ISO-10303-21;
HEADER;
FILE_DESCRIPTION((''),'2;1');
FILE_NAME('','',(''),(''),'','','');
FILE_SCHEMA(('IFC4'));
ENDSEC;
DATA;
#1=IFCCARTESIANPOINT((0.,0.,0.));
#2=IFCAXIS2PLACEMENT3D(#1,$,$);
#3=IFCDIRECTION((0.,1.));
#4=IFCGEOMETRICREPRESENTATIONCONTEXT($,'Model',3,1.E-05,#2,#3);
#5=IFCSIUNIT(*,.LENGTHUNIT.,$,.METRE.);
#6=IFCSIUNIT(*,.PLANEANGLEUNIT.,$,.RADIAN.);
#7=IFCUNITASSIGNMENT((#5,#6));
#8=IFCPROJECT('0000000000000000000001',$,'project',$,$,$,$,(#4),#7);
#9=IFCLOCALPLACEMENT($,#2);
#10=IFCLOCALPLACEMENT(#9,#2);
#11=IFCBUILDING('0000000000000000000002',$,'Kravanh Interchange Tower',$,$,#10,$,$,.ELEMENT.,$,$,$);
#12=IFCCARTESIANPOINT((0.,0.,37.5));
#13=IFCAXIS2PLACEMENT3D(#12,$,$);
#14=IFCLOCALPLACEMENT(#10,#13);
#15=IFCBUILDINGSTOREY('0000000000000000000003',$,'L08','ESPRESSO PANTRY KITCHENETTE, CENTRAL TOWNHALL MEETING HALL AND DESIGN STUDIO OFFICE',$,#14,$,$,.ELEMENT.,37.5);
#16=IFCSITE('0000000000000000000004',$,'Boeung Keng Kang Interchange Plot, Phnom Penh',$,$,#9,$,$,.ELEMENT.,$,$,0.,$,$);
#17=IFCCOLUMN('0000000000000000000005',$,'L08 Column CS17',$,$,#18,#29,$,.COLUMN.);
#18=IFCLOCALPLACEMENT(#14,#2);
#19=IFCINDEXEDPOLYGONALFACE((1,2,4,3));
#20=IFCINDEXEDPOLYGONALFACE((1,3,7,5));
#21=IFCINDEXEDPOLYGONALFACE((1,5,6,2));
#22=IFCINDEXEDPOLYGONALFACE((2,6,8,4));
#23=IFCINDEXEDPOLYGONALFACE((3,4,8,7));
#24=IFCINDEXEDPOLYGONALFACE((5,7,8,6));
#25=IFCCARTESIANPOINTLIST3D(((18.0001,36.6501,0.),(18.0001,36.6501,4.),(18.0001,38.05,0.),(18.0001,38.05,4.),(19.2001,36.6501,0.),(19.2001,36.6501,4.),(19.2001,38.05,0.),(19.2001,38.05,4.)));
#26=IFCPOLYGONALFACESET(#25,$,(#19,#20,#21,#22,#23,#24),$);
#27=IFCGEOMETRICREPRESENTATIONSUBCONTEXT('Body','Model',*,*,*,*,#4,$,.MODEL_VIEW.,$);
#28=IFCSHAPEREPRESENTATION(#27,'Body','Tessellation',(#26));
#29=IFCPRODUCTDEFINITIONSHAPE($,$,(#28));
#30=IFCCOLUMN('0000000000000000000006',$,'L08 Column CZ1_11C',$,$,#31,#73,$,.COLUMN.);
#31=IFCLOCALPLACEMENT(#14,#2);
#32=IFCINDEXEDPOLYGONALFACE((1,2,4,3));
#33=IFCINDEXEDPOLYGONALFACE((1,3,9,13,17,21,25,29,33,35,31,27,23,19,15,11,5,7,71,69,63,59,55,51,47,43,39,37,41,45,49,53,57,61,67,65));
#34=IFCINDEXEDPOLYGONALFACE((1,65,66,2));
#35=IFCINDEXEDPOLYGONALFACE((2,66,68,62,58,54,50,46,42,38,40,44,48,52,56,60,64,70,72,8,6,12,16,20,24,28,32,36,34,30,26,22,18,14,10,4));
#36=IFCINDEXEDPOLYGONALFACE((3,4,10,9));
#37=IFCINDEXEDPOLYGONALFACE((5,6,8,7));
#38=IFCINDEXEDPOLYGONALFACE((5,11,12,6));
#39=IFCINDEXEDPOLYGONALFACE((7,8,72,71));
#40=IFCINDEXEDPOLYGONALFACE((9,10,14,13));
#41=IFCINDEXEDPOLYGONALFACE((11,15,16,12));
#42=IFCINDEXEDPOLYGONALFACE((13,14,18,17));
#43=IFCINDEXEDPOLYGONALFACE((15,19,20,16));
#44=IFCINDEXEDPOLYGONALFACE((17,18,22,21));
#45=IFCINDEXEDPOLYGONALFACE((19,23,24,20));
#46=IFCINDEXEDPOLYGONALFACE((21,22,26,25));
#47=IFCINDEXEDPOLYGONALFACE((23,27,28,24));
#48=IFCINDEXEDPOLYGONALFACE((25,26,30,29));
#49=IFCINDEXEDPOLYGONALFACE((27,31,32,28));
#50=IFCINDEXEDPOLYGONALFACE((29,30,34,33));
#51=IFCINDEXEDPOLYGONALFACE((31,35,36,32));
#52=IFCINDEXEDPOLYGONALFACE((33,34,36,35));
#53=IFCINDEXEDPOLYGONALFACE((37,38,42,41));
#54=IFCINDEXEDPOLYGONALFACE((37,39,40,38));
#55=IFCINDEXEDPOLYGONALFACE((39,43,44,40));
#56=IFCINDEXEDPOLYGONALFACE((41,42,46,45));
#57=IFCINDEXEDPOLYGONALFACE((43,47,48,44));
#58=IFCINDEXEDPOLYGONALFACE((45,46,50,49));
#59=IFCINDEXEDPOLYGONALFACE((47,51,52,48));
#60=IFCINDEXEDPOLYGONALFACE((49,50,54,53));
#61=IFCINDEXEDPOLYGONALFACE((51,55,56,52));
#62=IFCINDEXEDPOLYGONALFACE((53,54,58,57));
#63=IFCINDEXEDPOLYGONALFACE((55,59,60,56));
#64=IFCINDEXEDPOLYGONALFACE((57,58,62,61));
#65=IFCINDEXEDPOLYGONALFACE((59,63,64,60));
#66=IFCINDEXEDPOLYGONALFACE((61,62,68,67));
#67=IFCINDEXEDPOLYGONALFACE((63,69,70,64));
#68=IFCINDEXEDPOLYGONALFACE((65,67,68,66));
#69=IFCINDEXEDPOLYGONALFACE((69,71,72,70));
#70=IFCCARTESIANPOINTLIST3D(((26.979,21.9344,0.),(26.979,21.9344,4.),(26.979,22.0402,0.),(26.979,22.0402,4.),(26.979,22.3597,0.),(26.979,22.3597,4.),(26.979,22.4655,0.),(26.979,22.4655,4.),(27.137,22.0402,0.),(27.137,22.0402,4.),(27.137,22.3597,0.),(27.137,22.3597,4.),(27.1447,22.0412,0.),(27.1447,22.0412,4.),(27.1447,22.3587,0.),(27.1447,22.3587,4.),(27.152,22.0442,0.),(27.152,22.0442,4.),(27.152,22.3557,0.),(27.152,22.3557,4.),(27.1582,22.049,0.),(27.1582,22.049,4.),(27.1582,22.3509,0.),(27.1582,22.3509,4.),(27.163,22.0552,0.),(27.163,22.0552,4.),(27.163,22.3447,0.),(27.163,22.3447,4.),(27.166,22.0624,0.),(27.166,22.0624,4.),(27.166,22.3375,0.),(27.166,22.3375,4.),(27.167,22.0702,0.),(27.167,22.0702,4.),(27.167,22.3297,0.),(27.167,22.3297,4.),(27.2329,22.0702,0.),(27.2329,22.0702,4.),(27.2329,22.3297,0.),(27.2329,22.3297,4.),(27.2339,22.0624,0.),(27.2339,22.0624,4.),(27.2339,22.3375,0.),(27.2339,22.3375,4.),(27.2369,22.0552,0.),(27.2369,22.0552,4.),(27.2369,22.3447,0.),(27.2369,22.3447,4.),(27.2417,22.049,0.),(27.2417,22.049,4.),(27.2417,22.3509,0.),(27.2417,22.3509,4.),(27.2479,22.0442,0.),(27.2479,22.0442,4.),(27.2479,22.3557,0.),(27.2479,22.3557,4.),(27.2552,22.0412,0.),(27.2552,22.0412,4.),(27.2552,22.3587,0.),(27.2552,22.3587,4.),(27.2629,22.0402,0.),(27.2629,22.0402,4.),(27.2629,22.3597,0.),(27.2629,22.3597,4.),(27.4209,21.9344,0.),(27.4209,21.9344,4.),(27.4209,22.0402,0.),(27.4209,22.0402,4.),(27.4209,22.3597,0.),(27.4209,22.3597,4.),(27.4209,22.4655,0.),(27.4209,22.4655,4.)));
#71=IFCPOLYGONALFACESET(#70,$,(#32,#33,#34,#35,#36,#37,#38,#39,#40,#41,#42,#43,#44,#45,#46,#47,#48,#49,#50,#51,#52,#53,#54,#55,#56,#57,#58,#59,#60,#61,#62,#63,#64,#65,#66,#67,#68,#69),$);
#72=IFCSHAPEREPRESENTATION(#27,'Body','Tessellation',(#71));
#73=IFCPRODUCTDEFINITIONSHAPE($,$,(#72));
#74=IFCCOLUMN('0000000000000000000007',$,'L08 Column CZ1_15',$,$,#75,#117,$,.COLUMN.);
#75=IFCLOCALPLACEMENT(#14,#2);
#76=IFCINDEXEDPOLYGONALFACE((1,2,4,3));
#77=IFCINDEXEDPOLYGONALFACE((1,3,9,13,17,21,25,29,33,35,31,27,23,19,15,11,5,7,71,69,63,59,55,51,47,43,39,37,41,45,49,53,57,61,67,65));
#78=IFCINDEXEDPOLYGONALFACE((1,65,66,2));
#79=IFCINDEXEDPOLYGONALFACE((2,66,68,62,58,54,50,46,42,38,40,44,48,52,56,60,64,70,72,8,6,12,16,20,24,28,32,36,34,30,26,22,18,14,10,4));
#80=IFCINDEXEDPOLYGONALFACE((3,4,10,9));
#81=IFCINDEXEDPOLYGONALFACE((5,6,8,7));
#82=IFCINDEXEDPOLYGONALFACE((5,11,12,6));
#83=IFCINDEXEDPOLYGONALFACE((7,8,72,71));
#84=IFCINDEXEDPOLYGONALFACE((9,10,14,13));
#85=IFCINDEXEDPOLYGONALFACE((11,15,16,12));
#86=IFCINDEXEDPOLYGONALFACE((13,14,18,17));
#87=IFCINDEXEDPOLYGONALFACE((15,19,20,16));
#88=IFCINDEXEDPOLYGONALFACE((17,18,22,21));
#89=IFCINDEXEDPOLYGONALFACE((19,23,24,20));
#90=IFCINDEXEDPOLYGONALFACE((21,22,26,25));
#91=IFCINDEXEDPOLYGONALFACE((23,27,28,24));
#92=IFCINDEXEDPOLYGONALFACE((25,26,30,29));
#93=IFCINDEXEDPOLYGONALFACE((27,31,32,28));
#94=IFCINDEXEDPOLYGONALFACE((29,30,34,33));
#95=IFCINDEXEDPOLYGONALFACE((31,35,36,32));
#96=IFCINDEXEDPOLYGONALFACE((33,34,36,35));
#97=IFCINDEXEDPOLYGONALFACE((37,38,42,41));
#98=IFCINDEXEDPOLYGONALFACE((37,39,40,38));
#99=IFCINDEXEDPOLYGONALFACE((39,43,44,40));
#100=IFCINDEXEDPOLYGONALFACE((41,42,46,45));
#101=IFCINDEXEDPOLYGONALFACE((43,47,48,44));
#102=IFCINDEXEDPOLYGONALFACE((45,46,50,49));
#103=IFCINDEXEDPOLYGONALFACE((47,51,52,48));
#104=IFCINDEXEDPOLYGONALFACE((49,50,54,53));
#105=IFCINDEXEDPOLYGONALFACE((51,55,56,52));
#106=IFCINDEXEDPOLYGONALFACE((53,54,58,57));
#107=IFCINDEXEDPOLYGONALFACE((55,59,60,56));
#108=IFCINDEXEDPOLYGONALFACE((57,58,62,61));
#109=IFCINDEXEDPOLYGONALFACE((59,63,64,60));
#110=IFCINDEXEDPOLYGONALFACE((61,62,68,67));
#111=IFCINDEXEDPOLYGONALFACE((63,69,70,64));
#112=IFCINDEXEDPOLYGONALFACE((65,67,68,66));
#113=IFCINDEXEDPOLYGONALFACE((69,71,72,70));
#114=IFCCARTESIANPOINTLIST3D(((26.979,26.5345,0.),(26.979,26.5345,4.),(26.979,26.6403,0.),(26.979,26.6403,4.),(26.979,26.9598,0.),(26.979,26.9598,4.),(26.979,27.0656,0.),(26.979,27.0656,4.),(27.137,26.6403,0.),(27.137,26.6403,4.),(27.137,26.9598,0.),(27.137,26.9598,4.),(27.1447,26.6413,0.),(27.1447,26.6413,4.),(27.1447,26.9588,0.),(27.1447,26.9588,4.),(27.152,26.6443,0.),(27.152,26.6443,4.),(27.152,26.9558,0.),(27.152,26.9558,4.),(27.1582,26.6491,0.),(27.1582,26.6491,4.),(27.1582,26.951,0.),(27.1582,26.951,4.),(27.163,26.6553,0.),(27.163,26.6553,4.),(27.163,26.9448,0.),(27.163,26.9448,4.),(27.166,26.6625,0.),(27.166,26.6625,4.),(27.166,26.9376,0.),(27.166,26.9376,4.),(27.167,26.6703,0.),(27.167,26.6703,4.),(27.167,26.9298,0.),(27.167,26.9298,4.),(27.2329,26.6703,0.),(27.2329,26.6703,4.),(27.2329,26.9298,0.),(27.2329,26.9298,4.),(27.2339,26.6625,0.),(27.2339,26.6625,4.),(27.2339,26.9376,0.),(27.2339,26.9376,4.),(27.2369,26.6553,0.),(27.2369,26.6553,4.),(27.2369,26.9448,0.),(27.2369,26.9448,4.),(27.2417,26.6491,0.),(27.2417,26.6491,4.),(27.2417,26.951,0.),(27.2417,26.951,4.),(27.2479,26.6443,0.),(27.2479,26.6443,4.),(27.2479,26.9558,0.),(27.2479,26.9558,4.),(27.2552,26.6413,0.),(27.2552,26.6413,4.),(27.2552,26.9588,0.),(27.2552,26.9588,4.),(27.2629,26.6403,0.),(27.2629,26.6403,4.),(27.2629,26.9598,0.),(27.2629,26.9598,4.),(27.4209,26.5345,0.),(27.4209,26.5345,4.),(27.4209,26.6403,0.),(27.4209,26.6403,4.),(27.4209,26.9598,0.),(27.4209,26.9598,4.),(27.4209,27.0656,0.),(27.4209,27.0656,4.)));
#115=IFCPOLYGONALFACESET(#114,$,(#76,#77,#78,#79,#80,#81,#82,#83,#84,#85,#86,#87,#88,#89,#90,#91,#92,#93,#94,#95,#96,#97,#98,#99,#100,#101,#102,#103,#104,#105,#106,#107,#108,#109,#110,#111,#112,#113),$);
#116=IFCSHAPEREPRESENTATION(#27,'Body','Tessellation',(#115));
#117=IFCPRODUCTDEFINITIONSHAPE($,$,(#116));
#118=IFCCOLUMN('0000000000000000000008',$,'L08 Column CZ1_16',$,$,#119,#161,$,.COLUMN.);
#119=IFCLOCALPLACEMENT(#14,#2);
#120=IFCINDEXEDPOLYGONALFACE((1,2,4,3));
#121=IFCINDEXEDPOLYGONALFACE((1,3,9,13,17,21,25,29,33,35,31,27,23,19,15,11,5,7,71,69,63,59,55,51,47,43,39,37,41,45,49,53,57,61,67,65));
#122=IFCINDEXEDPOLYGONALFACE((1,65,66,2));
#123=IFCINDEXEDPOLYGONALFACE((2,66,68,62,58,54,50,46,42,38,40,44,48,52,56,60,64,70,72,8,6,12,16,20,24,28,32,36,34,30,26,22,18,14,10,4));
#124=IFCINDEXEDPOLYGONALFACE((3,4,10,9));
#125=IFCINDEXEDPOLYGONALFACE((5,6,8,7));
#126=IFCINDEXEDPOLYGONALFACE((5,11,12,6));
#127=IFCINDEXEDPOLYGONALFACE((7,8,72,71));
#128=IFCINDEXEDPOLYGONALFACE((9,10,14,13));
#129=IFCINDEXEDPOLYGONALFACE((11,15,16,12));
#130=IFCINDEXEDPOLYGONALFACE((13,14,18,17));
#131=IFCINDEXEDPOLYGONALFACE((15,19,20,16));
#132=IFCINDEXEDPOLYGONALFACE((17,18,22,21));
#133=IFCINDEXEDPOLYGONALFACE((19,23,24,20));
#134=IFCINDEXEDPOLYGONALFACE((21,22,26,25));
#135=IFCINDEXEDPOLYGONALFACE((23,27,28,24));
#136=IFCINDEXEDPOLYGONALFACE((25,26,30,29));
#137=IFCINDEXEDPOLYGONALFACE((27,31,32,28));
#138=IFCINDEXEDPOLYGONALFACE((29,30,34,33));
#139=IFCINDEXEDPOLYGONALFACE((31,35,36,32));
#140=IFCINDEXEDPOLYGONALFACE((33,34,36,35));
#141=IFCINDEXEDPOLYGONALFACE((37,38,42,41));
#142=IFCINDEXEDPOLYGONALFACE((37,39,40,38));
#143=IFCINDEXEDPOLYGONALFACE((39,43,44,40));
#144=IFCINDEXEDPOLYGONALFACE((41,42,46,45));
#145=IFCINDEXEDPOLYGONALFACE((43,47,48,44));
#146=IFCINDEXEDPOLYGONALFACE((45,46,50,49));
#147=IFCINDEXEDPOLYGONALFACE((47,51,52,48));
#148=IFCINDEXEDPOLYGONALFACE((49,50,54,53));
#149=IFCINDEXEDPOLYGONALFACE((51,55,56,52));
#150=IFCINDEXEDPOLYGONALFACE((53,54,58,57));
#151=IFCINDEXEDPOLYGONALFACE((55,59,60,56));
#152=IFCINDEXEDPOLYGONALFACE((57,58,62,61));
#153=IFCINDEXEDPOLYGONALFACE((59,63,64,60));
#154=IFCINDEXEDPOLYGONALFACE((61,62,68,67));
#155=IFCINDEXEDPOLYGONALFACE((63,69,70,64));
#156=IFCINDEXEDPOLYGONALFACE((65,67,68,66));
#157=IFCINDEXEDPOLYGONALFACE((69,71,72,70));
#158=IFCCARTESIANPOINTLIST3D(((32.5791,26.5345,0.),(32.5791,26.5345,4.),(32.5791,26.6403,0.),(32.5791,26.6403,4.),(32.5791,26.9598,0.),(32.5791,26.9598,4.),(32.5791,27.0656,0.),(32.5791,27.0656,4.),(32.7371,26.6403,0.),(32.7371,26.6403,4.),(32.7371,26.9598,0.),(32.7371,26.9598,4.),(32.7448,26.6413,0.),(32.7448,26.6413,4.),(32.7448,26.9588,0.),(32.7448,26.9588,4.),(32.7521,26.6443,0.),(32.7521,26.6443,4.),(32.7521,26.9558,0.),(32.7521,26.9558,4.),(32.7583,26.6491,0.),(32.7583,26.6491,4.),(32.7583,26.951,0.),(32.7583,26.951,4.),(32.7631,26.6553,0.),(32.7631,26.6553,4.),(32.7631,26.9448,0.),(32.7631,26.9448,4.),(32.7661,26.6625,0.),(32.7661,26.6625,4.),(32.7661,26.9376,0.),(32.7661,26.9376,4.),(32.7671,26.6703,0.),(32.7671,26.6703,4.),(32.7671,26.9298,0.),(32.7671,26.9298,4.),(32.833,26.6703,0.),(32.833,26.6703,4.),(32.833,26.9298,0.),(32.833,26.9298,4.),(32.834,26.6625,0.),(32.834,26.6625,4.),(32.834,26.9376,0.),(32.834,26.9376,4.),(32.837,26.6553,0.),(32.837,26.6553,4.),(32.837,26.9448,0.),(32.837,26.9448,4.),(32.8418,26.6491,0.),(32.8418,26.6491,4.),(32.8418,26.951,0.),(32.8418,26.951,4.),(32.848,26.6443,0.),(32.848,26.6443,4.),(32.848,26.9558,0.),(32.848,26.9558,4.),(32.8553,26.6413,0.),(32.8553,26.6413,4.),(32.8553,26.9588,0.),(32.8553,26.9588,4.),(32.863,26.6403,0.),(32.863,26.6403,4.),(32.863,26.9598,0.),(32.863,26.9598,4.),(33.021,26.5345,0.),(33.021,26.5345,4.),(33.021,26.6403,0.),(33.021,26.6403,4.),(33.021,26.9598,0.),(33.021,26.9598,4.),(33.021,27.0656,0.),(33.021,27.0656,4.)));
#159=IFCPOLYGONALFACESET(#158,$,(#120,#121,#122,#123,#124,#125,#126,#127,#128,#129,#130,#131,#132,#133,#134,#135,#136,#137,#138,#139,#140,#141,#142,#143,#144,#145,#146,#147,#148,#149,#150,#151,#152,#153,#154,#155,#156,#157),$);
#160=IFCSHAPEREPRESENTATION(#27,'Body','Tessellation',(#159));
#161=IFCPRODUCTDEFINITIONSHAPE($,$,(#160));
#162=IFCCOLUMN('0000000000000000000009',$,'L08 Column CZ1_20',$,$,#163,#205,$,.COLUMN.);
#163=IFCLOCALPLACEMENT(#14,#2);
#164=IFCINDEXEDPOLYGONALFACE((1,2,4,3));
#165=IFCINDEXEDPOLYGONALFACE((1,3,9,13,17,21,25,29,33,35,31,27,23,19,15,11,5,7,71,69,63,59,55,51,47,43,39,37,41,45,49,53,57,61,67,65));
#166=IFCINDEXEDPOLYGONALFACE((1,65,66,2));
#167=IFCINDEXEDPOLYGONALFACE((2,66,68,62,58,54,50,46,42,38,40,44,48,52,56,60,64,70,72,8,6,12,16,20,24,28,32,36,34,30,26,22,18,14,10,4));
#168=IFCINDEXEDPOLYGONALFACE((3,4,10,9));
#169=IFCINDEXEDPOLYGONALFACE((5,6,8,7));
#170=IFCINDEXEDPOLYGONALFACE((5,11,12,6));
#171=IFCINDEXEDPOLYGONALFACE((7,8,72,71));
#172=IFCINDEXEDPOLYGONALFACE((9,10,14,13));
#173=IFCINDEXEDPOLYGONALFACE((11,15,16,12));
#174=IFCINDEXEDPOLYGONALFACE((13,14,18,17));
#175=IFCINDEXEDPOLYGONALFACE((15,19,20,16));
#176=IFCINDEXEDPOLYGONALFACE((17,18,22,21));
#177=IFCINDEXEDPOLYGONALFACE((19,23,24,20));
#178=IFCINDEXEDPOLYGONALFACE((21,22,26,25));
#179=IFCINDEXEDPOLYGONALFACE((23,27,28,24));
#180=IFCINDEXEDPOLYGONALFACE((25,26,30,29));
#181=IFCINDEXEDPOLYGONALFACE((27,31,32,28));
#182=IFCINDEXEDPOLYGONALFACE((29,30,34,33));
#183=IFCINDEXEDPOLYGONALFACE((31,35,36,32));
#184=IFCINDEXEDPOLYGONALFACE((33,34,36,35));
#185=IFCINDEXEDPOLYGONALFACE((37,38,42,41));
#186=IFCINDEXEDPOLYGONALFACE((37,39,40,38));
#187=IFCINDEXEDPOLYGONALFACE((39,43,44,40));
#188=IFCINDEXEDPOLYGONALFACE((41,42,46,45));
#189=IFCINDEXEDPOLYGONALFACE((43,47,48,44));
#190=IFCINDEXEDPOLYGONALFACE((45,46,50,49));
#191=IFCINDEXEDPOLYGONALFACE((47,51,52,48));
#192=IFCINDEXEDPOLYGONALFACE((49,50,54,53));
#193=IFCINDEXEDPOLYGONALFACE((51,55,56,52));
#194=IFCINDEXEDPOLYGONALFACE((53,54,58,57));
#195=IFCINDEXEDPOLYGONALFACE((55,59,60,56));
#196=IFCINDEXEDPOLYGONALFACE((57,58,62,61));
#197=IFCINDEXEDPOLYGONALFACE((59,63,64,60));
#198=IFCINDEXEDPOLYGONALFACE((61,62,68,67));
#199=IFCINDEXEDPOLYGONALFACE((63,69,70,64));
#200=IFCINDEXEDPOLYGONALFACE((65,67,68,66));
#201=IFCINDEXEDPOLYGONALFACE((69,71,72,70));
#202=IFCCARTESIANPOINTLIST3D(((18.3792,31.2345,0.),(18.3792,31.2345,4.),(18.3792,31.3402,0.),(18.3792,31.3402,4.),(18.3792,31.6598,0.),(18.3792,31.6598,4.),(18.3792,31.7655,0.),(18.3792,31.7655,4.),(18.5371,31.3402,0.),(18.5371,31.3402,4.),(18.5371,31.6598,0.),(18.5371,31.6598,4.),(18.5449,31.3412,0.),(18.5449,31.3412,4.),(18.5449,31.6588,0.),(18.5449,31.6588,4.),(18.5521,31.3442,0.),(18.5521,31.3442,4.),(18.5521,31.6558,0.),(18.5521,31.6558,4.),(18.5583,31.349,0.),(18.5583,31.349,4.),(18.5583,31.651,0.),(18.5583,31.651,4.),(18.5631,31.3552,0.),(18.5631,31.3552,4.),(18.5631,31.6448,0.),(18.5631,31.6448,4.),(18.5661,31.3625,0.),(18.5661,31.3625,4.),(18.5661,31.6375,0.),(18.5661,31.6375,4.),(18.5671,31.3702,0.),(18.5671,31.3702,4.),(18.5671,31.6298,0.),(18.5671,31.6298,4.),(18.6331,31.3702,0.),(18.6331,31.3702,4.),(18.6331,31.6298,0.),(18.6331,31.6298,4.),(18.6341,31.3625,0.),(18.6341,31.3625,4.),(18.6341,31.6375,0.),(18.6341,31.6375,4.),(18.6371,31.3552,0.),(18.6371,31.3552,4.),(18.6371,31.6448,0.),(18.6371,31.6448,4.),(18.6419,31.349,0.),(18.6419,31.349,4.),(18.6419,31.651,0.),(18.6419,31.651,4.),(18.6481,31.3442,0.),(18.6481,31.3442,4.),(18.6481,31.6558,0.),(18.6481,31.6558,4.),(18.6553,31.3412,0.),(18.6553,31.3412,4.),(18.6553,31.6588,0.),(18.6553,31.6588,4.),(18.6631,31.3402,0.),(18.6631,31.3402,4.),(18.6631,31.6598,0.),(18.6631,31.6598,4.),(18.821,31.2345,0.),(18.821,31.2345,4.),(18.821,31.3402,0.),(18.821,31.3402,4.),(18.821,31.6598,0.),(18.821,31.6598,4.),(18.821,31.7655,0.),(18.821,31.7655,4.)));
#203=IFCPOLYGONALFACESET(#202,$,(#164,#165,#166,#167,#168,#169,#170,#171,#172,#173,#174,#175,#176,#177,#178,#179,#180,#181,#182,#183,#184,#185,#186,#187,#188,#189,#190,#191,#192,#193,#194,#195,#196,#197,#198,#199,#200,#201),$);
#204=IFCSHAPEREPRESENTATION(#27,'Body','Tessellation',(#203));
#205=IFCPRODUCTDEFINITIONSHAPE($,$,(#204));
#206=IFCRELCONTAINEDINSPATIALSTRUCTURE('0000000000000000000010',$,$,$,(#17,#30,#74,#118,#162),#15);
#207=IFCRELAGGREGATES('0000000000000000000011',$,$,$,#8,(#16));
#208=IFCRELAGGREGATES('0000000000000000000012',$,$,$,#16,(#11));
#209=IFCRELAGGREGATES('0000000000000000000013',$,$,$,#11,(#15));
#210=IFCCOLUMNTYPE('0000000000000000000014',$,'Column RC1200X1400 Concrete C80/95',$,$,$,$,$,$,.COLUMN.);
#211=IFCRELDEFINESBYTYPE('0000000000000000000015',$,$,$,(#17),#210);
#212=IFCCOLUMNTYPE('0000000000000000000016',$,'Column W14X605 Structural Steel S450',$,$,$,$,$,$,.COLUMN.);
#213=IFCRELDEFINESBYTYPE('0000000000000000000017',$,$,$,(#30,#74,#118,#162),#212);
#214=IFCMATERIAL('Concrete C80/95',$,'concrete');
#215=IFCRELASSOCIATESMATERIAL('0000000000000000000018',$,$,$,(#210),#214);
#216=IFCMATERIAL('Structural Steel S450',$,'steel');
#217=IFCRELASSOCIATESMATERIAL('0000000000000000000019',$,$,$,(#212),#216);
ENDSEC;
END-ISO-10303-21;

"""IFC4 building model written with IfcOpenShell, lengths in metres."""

from ifc_helpers import new_model, si_unit, direction, frame, origin, origin_2d, place, context, subcontext, project, spatial, rectangle, i_section, extrude, material, material_profile, profile_set, type_object, element, save


model = new_model("IFC4")

# Units and contexts
model_context = context("Model", 3, precision=1e-05, world=origin(), true_north=direction((0.0, 1.0)))
body_context = subcontext(model_context, "Body", "Model", "MODEL_VIEW")
ifc_project = project(units=[si_unit("LENGTHUNIT", "METRE"), si_unit("PLANEANGLEUNIT", "RADIAN")], contexts=[model_context])

# Site, building, storey
site_placement = place(None, origin())
site = spatial("IfcSite", under=ifc_project, at=site_placement, Name="Boeung Keng Kang Interchange Plot, Phnom Penh", CompositionType="ELEMENT", RefElevation=0.0)
building_placement = place(site_placement, origin())
building = spatial("IfcBuilding", under=site, at=building_placement, Name="Kravanh Interchange Tower", CompositionType="ELEMENT")
storey_placement = place(building_placement, frame((0.0, 0.0, 37.5)))
storey = spatial("IfcBuildingStorey", under=building, at=storey_placement, Name="L08", Description="ESPRESSO PANTRY KITCHENETTE, CENTRAL TOWNHALL MEETING HALL AND DESIGN STUDIO OFFICE", CompositionType="ELEMENT", Elevation=37.5)

# Columns
ifc_material_1 = material(Name="Concrete C80/95", Category="concrete")
ifc_material_profile_1 = material_profile(ifc_material_1, rectangle(XDim=1.2, YDim=1.3999, at=origin_2d()), Name="RC1200X1400")
ifc_profile_set_1 = profile_set([ifc_material_profile_1], Name="Concrete C80/95")
column_type_1 = type_object("IfcColumnType", Name="Column RC1200X1400 Concrete C80/95", PredefinedType="COLUMN", material=ifc_profile_set_1)
column_placement = place(storey_placement, frame((18.6001, 37.3501, 0.0), z_axis=(0.0, 0.0, 1.0), x_axis=(1.0, 0.0, 0.0)))
element("IfcColumn", 1, at=column_placement, inside=storey, type_object=column_type_1, Name="L08 Column CS17", PredefinedType="COLUMN", context=body_context, shape_type="SweptSolid", body=[
    extrude(rectangle(XDim=1.2, YDim=1.3999, at=origin_2d()), origin(), (0.0, 0.0, 1.0), 4.0),
])
ifc_material_2 = material(Name="Structural Steel S450", Category="steel")
ifc_material_profile_2 = material_profile(ifc_material_2, i_section(OverallWidth=0.4419, OverallDepth=0.531, WebThickness=0.0659, FlangeThickness=0.1057, FilletRadius=0.03, at=origin_2d()), Name="W14X605")
ifc_profile_set_2 = profile_set([ifc_material_profile_2], Name="Structural Steel S450")
column_type_2 = type_object("IfcColumnType", Name="Column W14X605 Structural Steel S450", PredefinedType="COLUMN", material=ifc_profile_set_2)
for number, where, z_axis, x_axis, name in (
    (2, (27.2, 22.2, 0.0), (0.0, 0.0, 1.0), (1.0, 0.0, 0.0), "L08 Column CZ1_11C"),
    (3, (27.2, 26.8, 0.0), (0.0, 0.0, 1.0), (1.0, 0.0, 0.0), "L08 Column CZ1_15"),
    (4, (32.8, 26.8, 0.0), (0.0, 0.0, 1.0), (1.0, 0.0, 0.0), "L08 Column CZ1_16"),
    (5, (18.6001, 31.5, 0.0), (0.0, 0.0, 1.0), (1.0, 0.0, 0.0), "L08 Column CZ1_20"),
):
    element("IfcColumn", number, at=place(storey_placement, frame(where, z_axis=z_axis, x_axis=x_axis)), inside=storey, type_object=column_type_2, Name=name, PredefinedType="COLUMN", context=body_context, shape_type="SweptSolid", body=[
        extrude(i_section(OverallWidth=0.4419, OverallDepth=0.531, WebThickness=0.0659, FlangeThickness=0.1057, FilletRadius=0.03, at=origin_2d()), origin(), (0.0, 0.0, 1.0), 4.0),
    ])

save(model, "model.ifc")
